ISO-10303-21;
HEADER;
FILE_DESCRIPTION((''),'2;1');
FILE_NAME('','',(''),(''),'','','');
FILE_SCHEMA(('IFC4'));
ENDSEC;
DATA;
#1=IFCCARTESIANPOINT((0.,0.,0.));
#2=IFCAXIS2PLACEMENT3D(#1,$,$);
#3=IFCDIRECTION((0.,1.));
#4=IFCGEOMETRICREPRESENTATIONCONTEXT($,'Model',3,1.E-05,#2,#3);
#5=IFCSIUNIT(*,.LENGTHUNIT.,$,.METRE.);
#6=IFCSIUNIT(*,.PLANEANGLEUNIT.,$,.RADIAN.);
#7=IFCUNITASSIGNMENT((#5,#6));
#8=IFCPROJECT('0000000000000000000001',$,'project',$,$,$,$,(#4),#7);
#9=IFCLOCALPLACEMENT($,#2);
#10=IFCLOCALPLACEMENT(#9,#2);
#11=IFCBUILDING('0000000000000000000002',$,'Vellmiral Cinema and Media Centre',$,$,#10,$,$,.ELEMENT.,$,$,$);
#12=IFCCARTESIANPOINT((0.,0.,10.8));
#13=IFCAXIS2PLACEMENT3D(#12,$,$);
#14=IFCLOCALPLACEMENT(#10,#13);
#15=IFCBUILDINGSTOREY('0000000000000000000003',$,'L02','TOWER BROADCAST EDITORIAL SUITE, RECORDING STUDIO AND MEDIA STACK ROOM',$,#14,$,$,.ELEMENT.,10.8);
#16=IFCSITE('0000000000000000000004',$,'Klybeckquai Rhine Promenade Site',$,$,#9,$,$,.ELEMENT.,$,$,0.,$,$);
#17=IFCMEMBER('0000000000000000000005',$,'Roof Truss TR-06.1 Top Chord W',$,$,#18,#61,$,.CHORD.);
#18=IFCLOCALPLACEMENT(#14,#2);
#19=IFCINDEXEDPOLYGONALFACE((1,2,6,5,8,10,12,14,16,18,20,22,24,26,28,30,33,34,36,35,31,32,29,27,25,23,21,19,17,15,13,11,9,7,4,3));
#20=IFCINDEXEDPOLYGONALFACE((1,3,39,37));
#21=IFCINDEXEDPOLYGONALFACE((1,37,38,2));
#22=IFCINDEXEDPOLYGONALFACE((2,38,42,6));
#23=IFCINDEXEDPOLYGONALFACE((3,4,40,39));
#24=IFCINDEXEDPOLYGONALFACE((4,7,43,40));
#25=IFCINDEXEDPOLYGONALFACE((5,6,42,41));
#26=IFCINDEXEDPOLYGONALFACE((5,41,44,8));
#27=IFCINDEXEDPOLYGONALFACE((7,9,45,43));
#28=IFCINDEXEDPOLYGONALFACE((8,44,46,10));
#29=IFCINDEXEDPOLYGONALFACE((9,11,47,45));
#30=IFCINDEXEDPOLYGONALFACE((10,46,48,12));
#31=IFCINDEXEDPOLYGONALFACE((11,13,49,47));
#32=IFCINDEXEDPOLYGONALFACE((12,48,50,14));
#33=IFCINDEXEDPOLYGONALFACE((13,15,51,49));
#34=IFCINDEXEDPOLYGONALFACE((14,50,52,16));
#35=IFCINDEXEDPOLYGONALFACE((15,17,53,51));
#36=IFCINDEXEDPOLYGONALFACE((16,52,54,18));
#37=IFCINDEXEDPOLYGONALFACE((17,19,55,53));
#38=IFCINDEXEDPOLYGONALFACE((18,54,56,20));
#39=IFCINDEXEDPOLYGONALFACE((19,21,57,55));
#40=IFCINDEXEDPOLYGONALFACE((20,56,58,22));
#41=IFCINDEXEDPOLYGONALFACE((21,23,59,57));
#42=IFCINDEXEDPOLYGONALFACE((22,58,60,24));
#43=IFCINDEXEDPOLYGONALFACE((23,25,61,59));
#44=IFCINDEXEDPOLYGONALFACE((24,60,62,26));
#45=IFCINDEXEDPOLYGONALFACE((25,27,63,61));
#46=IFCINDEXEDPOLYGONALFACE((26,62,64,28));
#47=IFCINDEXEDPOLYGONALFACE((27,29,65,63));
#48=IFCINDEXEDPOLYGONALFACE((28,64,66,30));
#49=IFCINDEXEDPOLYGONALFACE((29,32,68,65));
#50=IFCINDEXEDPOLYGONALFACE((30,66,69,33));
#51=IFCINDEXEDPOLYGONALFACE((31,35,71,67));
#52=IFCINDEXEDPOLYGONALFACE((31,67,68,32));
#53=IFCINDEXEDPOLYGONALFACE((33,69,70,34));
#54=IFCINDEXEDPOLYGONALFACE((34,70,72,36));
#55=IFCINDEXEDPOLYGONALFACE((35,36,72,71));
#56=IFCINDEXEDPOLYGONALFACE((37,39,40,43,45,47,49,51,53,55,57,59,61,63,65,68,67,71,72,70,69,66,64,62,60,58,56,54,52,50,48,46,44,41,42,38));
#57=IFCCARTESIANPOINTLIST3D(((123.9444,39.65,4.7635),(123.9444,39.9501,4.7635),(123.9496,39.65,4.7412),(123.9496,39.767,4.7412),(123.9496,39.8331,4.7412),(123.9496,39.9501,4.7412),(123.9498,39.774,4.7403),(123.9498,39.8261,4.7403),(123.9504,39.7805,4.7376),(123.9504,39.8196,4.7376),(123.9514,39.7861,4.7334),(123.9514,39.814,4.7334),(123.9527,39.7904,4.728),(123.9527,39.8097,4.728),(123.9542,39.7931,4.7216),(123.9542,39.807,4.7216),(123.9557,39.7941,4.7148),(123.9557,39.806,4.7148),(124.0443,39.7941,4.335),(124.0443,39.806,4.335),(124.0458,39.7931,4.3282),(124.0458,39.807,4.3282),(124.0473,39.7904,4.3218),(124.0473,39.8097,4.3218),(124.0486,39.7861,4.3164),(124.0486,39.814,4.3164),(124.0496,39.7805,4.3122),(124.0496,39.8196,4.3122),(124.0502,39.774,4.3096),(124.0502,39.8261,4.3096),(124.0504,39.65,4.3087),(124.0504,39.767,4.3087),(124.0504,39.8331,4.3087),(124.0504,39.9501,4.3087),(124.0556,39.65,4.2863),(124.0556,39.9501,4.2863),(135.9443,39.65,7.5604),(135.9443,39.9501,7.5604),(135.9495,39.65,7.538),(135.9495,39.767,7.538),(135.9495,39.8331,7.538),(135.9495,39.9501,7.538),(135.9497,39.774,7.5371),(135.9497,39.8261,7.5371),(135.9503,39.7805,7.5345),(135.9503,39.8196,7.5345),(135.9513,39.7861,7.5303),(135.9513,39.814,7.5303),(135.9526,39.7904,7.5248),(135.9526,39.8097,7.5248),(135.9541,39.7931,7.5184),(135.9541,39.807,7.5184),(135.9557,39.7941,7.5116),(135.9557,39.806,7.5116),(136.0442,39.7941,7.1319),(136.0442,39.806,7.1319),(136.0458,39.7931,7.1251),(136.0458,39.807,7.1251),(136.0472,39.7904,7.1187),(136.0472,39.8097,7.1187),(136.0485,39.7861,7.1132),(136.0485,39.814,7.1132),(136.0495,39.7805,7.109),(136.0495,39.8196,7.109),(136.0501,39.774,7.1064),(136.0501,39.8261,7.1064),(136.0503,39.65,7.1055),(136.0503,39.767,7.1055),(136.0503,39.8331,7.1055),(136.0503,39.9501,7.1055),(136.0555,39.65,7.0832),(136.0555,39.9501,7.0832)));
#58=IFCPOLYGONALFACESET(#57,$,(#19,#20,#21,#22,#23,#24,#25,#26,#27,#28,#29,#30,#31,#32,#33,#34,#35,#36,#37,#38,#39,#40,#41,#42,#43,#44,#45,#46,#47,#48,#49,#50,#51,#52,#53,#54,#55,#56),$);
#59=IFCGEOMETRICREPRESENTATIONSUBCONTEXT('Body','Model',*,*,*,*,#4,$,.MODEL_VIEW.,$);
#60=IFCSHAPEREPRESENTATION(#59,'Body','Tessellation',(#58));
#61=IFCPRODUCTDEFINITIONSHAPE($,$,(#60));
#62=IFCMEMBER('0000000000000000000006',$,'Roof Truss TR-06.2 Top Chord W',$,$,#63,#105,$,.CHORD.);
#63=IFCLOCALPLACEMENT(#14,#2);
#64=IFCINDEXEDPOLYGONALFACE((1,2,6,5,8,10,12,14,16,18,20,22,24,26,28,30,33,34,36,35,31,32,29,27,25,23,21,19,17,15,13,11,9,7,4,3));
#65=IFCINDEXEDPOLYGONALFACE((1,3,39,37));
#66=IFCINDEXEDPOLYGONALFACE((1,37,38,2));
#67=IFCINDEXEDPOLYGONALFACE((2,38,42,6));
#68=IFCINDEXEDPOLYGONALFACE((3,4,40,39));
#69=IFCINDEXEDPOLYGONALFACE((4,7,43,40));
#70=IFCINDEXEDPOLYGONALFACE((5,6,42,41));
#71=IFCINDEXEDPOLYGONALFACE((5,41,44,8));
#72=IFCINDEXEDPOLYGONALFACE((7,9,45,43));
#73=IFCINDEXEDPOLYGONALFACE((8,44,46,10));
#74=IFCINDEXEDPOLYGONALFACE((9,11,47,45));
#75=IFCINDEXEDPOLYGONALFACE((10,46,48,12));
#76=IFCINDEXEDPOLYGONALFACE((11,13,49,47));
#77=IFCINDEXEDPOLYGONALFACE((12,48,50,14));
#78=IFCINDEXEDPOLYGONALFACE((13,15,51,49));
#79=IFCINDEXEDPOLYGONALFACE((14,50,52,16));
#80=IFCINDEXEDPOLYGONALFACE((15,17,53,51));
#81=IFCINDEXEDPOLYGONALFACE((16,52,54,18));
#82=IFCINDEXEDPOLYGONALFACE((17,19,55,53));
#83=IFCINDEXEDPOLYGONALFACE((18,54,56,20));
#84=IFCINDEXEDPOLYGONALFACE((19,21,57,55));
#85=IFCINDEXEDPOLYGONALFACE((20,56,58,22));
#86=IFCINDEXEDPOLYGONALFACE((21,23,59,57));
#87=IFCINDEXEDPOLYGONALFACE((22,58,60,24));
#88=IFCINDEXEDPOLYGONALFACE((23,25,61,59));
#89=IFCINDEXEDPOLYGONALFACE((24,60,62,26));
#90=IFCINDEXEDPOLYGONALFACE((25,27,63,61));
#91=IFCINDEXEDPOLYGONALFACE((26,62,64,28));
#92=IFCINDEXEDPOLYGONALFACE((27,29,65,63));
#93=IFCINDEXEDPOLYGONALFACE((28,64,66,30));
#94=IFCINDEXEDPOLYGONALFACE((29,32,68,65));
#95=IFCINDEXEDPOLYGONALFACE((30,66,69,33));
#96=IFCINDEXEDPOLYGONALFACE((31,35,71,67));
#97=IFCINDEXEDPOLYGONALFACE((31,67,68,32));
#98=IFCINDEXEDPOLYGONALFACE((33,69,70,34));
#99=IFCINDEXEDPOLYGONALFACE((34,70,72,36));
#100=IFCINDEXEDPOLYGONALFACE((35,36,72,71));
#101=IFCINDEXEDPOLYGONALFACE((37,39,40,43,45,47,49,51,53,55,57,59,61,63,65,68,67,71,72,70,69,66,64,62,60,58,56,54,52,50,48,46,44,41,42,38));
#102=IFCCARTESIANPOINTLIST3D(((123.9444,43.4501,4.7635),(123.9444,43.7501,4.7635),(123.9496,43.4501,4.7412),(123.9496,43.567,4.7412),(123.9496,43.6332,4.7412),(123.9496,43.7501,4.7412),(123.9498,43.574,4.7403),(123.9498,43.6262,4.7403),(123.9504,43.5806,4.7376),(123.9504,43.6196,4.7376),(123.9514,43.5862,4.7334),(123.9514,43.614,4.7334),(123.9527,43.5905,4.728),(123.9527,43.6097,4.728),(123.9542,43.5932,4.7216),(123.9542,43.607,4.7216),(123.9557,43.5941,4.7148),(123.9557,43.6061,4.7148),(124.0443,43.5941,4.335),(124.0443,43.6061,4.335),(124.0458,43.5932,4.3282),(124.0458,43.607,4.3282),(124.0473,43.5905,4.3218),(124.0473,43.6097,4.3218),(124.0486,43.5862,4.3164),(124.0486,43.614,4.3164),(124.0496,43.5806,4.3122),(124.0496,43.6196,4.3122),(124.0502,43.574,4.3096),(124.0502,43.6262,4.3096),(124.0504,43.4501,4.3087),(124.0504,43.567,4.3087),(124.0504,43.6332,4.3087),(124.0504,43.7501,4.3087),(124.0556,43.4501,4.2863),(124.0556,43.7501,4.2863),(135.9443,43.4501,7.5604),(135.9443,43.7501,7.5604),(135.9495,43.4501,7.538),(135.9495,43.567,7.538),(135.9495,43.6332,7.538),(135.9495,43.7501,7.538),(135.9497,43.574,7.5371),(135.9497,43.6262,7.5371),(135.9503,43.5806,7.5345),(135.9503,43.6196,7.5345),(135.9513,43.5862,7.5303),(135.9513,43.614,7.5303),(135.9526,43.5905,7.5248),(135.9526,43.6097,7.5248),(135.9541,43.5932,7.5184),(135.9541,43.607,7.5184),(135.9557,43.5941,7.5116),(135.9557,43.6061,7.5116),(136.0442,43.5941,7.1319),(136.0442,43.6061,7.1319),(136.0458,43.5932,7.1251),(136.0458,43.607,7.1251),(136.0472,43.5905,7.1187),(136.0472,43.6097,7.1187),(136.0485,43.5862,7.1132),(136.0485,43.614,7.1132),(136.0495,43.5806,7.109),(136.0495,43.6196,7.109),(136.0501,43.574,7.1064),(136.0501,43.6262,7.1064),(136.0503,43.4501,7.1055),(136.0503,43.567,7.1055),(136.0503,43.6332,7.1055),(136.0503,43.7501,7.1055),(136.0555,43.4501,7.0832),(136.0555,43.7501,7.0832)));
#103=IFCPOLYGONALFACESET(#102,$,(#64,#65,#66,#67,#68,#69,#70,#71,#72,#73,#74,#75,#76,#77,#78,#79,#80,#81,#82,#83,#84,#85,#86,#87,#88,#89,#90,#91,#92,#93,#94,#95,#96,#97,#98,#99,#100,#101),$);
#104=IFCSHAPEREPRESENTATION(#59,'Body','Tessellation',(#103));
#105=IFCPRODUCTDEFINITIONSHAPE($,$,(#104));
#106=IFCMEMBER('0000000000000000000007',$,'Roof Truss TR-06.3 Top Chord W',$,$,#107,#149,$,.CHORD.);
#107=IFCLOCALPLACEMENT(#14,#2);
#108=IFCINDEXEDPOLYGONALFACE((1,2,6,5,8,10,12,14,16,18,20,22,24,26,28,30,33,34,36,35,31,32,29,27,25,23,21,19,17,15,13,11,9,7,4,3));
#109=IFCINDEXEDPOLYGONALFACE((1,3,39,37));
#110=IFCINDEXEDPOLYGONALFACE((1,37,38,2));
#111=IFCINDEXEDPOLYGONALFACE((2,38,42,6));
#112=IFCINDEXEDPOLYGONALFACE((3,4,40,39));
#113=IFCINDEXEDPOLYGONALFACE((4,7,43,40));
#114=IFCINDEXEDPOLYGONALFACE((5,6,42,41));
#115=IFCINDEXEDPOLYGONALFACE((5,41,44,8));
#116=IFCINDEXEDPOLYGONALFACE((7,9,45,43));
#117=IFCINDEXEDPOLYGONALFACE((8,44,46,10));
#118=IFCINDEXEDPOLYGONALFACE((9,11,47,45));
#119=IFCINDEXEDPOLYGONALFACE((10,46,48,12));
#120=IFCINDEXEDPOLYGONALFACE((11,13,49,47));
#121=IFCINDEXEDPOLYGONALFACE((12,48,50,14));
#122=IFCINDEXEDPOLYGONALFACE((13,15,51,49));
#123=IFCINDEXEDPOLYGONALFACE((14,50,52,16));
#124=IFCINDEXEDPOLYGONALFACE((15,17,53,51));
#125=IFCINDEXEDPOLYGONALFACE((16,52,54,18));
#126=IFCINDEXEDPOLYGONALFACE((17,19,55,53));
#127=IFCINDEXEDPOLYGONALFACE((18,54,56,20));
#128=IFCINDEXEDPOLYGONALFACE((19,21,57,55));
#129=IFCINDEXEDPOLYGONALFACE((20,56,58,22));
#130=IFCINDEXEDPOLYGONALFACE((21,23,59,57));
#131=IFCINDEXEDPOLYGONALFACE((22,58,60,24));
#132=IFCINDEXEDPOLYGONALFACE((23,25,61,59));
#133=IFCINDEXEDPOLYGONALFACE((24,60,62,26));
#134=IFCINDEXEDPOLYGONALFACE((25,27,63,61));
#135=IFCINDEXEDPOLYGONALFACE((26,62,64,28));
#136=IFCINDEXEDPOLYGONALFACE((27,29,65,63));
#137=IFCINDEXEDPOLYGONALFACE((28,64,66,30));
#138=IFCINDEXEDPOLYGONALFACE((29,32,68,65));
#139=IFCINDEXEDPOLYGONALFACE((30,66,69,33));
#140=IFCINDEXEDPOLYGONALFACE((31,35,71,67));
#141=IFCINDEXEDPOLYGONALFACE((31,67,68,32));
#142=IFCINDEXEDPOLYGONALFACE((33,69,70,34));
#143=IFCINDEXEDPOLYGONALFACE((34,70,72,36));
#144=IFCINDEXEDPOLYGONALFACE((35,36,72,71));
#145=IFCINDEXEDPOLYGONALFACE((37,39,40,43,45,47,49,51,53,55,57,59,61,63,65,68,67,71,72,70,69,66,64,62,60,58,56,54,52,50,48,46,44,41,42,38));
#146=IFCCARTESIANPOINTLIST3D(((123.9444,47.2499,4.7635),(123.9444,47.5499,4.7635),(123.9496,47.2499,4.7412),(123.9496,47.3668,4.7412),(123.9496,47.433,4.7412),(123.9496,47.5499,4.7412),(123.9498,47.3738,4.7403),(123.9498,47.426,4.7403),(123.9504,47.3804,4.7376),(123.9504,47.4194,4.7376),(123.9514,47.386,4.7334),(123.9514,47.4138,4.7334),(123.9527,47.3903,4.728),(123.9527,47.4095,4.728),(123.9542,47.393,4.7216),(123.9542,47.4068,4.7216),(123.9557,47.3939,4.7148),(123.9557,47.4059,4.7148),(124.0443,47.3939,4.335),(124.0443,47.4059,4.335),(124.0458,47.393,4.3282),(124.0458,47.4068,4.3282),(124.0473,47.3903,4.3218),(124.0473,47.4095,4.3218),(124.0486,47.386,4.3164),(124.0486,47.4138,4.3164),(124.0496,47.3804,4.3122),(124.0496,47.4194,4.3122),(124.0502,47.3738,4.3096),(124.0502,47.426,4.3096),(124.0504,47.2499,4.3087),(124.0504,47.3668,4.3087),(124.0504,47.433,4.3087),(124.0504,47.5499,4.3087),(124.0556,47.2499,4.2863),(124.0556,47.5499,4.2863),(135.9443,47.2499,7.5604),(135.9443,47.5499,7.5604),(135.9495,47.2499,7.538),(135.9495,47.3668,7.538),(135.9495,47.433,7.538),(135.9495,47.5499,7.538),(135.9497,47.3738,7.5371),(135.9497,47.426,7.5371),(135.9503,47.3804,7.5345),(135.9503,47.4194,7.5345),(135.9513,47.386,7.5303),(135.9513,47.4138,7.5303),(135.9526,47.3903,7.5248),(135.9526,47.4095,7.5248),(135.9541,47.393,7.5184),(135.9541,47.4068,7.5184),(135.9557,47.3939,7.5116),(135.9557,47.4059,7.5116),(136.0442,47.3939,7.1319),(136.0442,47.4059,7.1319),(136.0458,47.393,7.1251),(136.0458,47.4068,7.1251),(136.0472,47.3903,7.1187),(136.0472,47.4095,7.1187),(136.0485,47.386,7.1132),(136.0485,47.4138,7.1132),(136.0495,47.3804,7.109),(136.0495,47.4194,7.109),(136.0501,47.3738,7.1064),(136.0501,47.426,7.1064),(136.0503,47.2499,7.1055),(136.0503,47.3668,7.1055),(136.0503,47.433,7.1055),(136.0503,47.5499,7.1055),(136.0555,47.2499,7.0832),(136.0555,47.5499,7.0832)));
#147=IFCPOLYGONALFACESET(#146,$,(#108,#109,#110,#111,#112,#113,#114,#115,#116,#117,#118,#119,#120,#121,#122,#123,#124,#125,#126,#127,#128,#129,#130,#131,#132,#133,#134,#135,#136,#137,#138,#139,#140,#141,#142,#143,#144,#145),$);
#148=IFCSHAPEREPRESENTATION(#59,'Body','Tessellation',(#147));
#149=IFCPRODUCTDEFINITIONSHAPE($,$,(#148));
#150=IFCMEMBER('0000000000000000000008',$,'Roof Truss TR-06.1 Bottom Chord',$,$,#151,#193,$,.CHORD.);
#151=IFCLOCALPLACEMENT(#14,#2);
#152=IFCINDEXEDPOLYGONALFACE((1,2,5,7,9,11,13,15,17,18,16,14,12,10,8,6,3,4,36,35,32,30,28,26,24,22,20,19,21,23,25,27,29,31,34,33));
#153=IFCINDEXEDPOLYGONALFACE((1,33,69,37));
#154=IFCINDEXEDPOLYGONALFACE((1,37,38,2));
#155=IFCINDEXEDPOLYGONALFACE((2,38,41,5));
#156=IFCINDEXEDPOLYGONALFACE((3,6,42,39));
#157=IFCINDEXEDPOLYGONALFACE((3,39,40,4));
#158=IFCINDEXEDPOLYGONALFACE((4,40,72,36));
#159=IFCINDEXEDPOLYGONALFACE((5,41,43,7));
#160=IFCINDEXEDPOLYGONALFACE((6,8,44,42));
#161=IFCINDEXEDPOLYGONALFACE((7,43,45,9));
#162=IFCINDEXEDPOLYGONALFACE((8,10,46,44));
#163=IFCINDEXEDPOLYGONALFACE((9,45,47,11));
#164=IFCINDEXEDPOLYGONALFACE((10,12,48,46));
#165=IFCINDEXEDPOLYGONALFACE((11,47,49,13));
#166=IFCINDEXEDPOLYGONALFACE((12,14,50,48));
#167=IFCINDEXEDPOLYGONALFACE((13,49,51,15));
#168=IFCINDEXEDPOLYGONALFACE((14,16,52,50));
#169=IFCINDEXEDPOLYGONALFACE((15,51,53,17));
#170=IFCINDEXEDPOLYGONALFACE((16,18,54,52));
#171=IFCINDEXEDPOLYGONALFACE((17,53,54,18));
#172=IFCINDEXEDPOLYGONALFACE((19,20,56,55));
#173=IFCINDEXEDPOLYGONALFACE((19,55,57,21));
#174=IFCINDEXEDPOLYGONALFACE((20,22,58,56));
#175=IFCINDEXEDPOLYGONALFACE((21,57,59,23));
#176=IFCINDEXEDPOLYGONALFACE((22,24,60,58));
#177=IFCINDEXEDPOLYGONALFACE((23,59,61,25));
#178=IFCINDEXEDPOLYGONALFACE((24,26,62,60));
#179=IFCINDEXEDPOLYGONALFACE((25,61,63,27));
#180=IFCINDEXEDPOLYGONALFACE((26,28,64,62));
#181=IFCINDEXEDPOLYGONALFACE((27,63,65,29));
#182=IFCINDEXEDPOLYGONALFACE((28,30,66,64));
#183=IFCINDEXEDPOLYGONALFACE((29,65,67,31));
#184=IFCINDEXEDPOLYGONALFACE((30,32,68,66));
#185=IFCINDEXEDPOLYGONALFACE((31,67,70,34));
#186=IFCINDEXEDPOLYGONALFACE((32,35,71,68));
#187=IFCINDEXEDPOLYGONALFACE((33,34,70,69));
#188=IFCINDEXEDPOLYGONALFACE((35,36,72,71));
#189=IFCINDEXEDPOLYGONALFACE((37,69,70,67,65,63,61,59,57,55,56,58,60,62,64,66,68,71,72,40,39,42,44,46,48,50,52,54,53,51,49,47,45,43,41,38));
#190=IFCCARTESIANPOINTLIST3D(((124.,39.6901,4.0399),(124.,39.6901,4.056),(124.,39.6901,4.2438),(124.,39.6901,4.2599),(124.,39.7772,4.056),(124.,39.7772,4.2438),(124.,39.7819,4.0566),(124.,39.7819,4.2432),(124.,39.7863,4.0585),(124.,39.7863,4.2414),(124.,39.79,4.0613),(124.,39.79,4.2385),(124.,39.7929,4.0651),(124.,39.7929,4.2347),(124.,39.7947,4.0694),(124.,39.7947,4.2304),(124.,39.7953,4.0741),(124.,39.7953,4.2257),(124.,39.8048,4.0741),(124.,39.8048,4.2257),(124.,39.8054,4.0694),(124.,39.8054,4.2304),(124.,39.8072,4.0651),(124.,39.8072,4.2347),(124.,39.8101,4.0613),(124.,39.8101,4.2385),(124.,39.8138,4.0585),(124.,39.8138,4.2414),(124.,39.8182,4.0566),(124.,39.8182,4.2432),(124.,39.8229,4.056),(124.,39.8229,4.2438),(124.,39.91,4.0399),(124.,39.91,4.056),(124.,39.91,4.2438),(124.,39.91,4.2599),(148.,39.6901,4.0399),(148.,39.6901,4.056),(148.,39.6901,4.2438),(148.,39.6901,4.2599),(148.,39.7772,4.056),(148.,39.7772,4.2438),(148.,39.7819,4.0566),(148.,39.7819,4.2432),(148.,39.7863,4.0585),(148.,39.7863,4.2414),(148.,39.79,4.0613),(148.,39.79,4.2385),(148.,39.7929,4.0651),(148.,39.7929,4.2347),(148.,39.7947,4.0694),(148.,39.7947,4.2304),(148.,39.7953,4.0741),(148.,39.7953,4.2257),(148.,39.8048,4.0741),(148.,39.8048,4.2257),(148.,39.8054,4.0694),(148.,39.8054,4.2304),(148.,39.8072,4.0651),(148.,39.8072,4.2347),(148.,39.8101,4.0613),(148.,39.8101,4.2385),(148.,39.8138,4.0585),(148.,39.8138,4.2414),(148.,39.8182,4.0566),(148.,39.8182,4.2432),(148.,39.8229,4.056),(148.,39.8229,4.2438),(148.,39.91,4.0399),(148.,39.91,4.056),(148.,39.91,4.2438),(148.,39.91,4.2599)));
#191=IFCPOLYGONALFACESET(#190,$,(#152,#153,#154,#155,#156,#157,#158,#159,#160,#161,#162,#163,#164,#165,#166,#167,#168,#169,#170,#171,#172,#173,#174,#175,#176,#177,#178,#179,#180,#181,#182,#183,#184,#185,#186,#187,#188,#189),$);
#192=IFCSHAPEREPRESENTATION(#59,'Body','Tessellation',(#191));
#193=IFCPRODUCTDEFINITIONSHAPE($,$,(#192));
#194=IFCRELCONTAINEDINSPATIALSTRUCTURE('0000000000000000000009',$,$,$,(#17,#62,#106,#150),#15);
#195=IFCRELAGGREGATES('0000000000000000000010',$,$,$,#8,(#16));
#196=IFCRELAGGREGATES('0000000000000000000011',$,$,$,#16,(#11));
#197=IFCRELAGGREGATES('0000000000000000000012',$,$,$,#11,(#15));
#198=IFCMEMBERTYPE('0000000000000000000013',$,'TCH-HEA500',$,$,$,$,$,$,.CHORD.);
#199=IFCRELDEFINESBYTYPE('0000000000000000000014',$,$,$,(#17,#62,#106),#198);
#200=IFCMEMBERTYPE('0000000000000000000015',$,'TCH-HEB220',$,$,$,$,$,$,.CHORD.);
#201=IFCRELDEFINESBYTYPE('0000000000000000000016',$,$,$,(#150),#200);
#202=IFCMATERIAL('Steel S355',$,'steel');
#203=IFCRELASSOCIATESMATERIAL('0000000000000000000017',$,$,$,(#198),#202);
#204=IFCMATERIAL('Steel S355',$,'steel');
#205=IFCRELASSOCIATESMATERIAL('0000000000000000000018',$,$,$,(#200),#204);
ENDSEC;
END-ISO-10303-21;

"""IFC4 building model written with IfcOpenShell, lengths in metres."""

from ifc_helpers import new_model, si_unit, direction, frame, origin, origin_2d, place, context, subcontext, project, spatial, i_section, extrude, material, material_profile, profile_set, type_object, element, save


model = new_model("IFC4")

# Units and contexts
model_context = context("Model", 3, precision=1e-05, world=origin(), true_north=direction((0.0, 1.0)))
body_context = subcontext(model_context, "Body", "Model", "MODEL_VIEW")
ifc_project = project(units=[si_unit("LENGTHUNIT", "METRE"), si_unit("PLANEANGLEUNIT", "RADIAN")], contexts=[model_context])

# Site, building, storey
site_placement = place(None, origin())
site = spatial("IfcSite", under=ifc_project, at=site_placement, Name="Klybeckquai Rhine Promenade Site", CompositionType="ELEMENT", RefElevation=0.0)
building_placement = place(site_placement, origin())
building = spatial("IfcBuilding", under=site, at=building_placement, Name="Vellmiral Cinema and Media Centre", CompositionType="ELEMENT")
storey_placement = place(building_placement, frame((0.0, 0.0, 10.8)))
storey = spatial("IfcBuildingStorey", under=building, at=storey_placement, Name="L02", Description="TOWER BROADCAST EDITORIAL SUITE, RECORDING STUDIO AND MEDIA STACK ROOM", CompositionType="ELEMENT", Elevation=10.8)

# Members
ifc_material_1 = material(Name="Steel S355", Category="steel")
ifc_material_profile_1 = material_profile(ifc_material_1, i_section(OverallWidth=0.3, OverallDepth=0.49, WebThickness=0.012, FlangeThickness=0.0229, FilletRadius=0.0271, at=origin_2d()), Name="HEA 500")
ifc_profile_set_1 = profile_set([ifc_material_profile_1], Name="Steel S355")
member_type_1 = type_object("IfcMemberType", Name="TCH-HEA500", PredefinedType="CHORD", material=ifc_profile_set_1)
for number, where, z_axis, x_axis, name in (
    (1, (124.0, 39.8, 4.5249), (0.973897, 0.0, 0.226989), (0.0, 1.0, 0.0), "Roof Truss TR-06.1 Top Chord W"),
    (2, (124.0, 43.6001, 4.5249), (0.973897, 0.0, 0.226989), (0.0, 1.0, 0.0), "Roof Truss TR-06.2 Top Chord W"),
    (3, (124.0, 47.3999, 4.5249), (0.973897, 0.0, 0.226989), (0.0, 1.0, 0.0), "Roof Truss TR-06.3 Top Chord W"),
):
    element("IfcMember", number, at=place(storey_placement, frame(where, z_axis=z_axis, x_axis=x_axis)), inside=storey, type_object=member_type_1, Name=name, PredefinedType="CHORD", context=body_context, shape_type="SweptSolid", body=[
        extrude(i_section(OverallWidth=0.3, OverallDepth=0.49, WebThickness=0.012, FlangeThickness=0.0229, FilletRadius=0.0271, at=origin_2d()), origin(), (0.0, 0.0, 1.0), 12.3215),
    ])
ifc_material_2 = material(Name="Steel S355", Category="steel")
ifc_material_profile_2 = material_profile(ifc_material_2, i_section(OverallWidth=0.22, OverallDepth=0.22, WebThickness=0.0095, FlangeThickness=0.0161, FilletRadius=0.0181, at=origin_2d()), Name="HEB 220")
ifc_profile_set_2 = profile_set([ifc_material_profile_2], Name="Steel S355")
member_type_2 = type_object("IfcMemberType", Name="TCH-HEB220", PredefinedType="CHORD", material=ifc_profile_set_2)
for number, where, z_axis, x_axis, name in (
    (4, (124.0, 39.8, 4.1499), (1.0, 0.0, 0.0), (0.0, 1.0, 0.0), "Roof Truss TR-06.1 Bottom Chord"),
):
    element("IfcMember", number, at=place(storey_placement, frame(where, z_axis=z_axis, x_axis=x_axis)), inside=storey, type_object=member_type_2, Name=name, PredefinedType="CHORD", context=body_context, shape_type="SweptSolid", body=[
        extrude(i_section(OverallWidth=0.22, OverallDepth=0.22, WebThickness=0.0095, FlangeThickness=0.0161, FilletRadius=0.0181, at=origin_2d()), origin(), (0.0, 0.0, 1.0), 24.0),
    ])

save(model, "model.ifc")
